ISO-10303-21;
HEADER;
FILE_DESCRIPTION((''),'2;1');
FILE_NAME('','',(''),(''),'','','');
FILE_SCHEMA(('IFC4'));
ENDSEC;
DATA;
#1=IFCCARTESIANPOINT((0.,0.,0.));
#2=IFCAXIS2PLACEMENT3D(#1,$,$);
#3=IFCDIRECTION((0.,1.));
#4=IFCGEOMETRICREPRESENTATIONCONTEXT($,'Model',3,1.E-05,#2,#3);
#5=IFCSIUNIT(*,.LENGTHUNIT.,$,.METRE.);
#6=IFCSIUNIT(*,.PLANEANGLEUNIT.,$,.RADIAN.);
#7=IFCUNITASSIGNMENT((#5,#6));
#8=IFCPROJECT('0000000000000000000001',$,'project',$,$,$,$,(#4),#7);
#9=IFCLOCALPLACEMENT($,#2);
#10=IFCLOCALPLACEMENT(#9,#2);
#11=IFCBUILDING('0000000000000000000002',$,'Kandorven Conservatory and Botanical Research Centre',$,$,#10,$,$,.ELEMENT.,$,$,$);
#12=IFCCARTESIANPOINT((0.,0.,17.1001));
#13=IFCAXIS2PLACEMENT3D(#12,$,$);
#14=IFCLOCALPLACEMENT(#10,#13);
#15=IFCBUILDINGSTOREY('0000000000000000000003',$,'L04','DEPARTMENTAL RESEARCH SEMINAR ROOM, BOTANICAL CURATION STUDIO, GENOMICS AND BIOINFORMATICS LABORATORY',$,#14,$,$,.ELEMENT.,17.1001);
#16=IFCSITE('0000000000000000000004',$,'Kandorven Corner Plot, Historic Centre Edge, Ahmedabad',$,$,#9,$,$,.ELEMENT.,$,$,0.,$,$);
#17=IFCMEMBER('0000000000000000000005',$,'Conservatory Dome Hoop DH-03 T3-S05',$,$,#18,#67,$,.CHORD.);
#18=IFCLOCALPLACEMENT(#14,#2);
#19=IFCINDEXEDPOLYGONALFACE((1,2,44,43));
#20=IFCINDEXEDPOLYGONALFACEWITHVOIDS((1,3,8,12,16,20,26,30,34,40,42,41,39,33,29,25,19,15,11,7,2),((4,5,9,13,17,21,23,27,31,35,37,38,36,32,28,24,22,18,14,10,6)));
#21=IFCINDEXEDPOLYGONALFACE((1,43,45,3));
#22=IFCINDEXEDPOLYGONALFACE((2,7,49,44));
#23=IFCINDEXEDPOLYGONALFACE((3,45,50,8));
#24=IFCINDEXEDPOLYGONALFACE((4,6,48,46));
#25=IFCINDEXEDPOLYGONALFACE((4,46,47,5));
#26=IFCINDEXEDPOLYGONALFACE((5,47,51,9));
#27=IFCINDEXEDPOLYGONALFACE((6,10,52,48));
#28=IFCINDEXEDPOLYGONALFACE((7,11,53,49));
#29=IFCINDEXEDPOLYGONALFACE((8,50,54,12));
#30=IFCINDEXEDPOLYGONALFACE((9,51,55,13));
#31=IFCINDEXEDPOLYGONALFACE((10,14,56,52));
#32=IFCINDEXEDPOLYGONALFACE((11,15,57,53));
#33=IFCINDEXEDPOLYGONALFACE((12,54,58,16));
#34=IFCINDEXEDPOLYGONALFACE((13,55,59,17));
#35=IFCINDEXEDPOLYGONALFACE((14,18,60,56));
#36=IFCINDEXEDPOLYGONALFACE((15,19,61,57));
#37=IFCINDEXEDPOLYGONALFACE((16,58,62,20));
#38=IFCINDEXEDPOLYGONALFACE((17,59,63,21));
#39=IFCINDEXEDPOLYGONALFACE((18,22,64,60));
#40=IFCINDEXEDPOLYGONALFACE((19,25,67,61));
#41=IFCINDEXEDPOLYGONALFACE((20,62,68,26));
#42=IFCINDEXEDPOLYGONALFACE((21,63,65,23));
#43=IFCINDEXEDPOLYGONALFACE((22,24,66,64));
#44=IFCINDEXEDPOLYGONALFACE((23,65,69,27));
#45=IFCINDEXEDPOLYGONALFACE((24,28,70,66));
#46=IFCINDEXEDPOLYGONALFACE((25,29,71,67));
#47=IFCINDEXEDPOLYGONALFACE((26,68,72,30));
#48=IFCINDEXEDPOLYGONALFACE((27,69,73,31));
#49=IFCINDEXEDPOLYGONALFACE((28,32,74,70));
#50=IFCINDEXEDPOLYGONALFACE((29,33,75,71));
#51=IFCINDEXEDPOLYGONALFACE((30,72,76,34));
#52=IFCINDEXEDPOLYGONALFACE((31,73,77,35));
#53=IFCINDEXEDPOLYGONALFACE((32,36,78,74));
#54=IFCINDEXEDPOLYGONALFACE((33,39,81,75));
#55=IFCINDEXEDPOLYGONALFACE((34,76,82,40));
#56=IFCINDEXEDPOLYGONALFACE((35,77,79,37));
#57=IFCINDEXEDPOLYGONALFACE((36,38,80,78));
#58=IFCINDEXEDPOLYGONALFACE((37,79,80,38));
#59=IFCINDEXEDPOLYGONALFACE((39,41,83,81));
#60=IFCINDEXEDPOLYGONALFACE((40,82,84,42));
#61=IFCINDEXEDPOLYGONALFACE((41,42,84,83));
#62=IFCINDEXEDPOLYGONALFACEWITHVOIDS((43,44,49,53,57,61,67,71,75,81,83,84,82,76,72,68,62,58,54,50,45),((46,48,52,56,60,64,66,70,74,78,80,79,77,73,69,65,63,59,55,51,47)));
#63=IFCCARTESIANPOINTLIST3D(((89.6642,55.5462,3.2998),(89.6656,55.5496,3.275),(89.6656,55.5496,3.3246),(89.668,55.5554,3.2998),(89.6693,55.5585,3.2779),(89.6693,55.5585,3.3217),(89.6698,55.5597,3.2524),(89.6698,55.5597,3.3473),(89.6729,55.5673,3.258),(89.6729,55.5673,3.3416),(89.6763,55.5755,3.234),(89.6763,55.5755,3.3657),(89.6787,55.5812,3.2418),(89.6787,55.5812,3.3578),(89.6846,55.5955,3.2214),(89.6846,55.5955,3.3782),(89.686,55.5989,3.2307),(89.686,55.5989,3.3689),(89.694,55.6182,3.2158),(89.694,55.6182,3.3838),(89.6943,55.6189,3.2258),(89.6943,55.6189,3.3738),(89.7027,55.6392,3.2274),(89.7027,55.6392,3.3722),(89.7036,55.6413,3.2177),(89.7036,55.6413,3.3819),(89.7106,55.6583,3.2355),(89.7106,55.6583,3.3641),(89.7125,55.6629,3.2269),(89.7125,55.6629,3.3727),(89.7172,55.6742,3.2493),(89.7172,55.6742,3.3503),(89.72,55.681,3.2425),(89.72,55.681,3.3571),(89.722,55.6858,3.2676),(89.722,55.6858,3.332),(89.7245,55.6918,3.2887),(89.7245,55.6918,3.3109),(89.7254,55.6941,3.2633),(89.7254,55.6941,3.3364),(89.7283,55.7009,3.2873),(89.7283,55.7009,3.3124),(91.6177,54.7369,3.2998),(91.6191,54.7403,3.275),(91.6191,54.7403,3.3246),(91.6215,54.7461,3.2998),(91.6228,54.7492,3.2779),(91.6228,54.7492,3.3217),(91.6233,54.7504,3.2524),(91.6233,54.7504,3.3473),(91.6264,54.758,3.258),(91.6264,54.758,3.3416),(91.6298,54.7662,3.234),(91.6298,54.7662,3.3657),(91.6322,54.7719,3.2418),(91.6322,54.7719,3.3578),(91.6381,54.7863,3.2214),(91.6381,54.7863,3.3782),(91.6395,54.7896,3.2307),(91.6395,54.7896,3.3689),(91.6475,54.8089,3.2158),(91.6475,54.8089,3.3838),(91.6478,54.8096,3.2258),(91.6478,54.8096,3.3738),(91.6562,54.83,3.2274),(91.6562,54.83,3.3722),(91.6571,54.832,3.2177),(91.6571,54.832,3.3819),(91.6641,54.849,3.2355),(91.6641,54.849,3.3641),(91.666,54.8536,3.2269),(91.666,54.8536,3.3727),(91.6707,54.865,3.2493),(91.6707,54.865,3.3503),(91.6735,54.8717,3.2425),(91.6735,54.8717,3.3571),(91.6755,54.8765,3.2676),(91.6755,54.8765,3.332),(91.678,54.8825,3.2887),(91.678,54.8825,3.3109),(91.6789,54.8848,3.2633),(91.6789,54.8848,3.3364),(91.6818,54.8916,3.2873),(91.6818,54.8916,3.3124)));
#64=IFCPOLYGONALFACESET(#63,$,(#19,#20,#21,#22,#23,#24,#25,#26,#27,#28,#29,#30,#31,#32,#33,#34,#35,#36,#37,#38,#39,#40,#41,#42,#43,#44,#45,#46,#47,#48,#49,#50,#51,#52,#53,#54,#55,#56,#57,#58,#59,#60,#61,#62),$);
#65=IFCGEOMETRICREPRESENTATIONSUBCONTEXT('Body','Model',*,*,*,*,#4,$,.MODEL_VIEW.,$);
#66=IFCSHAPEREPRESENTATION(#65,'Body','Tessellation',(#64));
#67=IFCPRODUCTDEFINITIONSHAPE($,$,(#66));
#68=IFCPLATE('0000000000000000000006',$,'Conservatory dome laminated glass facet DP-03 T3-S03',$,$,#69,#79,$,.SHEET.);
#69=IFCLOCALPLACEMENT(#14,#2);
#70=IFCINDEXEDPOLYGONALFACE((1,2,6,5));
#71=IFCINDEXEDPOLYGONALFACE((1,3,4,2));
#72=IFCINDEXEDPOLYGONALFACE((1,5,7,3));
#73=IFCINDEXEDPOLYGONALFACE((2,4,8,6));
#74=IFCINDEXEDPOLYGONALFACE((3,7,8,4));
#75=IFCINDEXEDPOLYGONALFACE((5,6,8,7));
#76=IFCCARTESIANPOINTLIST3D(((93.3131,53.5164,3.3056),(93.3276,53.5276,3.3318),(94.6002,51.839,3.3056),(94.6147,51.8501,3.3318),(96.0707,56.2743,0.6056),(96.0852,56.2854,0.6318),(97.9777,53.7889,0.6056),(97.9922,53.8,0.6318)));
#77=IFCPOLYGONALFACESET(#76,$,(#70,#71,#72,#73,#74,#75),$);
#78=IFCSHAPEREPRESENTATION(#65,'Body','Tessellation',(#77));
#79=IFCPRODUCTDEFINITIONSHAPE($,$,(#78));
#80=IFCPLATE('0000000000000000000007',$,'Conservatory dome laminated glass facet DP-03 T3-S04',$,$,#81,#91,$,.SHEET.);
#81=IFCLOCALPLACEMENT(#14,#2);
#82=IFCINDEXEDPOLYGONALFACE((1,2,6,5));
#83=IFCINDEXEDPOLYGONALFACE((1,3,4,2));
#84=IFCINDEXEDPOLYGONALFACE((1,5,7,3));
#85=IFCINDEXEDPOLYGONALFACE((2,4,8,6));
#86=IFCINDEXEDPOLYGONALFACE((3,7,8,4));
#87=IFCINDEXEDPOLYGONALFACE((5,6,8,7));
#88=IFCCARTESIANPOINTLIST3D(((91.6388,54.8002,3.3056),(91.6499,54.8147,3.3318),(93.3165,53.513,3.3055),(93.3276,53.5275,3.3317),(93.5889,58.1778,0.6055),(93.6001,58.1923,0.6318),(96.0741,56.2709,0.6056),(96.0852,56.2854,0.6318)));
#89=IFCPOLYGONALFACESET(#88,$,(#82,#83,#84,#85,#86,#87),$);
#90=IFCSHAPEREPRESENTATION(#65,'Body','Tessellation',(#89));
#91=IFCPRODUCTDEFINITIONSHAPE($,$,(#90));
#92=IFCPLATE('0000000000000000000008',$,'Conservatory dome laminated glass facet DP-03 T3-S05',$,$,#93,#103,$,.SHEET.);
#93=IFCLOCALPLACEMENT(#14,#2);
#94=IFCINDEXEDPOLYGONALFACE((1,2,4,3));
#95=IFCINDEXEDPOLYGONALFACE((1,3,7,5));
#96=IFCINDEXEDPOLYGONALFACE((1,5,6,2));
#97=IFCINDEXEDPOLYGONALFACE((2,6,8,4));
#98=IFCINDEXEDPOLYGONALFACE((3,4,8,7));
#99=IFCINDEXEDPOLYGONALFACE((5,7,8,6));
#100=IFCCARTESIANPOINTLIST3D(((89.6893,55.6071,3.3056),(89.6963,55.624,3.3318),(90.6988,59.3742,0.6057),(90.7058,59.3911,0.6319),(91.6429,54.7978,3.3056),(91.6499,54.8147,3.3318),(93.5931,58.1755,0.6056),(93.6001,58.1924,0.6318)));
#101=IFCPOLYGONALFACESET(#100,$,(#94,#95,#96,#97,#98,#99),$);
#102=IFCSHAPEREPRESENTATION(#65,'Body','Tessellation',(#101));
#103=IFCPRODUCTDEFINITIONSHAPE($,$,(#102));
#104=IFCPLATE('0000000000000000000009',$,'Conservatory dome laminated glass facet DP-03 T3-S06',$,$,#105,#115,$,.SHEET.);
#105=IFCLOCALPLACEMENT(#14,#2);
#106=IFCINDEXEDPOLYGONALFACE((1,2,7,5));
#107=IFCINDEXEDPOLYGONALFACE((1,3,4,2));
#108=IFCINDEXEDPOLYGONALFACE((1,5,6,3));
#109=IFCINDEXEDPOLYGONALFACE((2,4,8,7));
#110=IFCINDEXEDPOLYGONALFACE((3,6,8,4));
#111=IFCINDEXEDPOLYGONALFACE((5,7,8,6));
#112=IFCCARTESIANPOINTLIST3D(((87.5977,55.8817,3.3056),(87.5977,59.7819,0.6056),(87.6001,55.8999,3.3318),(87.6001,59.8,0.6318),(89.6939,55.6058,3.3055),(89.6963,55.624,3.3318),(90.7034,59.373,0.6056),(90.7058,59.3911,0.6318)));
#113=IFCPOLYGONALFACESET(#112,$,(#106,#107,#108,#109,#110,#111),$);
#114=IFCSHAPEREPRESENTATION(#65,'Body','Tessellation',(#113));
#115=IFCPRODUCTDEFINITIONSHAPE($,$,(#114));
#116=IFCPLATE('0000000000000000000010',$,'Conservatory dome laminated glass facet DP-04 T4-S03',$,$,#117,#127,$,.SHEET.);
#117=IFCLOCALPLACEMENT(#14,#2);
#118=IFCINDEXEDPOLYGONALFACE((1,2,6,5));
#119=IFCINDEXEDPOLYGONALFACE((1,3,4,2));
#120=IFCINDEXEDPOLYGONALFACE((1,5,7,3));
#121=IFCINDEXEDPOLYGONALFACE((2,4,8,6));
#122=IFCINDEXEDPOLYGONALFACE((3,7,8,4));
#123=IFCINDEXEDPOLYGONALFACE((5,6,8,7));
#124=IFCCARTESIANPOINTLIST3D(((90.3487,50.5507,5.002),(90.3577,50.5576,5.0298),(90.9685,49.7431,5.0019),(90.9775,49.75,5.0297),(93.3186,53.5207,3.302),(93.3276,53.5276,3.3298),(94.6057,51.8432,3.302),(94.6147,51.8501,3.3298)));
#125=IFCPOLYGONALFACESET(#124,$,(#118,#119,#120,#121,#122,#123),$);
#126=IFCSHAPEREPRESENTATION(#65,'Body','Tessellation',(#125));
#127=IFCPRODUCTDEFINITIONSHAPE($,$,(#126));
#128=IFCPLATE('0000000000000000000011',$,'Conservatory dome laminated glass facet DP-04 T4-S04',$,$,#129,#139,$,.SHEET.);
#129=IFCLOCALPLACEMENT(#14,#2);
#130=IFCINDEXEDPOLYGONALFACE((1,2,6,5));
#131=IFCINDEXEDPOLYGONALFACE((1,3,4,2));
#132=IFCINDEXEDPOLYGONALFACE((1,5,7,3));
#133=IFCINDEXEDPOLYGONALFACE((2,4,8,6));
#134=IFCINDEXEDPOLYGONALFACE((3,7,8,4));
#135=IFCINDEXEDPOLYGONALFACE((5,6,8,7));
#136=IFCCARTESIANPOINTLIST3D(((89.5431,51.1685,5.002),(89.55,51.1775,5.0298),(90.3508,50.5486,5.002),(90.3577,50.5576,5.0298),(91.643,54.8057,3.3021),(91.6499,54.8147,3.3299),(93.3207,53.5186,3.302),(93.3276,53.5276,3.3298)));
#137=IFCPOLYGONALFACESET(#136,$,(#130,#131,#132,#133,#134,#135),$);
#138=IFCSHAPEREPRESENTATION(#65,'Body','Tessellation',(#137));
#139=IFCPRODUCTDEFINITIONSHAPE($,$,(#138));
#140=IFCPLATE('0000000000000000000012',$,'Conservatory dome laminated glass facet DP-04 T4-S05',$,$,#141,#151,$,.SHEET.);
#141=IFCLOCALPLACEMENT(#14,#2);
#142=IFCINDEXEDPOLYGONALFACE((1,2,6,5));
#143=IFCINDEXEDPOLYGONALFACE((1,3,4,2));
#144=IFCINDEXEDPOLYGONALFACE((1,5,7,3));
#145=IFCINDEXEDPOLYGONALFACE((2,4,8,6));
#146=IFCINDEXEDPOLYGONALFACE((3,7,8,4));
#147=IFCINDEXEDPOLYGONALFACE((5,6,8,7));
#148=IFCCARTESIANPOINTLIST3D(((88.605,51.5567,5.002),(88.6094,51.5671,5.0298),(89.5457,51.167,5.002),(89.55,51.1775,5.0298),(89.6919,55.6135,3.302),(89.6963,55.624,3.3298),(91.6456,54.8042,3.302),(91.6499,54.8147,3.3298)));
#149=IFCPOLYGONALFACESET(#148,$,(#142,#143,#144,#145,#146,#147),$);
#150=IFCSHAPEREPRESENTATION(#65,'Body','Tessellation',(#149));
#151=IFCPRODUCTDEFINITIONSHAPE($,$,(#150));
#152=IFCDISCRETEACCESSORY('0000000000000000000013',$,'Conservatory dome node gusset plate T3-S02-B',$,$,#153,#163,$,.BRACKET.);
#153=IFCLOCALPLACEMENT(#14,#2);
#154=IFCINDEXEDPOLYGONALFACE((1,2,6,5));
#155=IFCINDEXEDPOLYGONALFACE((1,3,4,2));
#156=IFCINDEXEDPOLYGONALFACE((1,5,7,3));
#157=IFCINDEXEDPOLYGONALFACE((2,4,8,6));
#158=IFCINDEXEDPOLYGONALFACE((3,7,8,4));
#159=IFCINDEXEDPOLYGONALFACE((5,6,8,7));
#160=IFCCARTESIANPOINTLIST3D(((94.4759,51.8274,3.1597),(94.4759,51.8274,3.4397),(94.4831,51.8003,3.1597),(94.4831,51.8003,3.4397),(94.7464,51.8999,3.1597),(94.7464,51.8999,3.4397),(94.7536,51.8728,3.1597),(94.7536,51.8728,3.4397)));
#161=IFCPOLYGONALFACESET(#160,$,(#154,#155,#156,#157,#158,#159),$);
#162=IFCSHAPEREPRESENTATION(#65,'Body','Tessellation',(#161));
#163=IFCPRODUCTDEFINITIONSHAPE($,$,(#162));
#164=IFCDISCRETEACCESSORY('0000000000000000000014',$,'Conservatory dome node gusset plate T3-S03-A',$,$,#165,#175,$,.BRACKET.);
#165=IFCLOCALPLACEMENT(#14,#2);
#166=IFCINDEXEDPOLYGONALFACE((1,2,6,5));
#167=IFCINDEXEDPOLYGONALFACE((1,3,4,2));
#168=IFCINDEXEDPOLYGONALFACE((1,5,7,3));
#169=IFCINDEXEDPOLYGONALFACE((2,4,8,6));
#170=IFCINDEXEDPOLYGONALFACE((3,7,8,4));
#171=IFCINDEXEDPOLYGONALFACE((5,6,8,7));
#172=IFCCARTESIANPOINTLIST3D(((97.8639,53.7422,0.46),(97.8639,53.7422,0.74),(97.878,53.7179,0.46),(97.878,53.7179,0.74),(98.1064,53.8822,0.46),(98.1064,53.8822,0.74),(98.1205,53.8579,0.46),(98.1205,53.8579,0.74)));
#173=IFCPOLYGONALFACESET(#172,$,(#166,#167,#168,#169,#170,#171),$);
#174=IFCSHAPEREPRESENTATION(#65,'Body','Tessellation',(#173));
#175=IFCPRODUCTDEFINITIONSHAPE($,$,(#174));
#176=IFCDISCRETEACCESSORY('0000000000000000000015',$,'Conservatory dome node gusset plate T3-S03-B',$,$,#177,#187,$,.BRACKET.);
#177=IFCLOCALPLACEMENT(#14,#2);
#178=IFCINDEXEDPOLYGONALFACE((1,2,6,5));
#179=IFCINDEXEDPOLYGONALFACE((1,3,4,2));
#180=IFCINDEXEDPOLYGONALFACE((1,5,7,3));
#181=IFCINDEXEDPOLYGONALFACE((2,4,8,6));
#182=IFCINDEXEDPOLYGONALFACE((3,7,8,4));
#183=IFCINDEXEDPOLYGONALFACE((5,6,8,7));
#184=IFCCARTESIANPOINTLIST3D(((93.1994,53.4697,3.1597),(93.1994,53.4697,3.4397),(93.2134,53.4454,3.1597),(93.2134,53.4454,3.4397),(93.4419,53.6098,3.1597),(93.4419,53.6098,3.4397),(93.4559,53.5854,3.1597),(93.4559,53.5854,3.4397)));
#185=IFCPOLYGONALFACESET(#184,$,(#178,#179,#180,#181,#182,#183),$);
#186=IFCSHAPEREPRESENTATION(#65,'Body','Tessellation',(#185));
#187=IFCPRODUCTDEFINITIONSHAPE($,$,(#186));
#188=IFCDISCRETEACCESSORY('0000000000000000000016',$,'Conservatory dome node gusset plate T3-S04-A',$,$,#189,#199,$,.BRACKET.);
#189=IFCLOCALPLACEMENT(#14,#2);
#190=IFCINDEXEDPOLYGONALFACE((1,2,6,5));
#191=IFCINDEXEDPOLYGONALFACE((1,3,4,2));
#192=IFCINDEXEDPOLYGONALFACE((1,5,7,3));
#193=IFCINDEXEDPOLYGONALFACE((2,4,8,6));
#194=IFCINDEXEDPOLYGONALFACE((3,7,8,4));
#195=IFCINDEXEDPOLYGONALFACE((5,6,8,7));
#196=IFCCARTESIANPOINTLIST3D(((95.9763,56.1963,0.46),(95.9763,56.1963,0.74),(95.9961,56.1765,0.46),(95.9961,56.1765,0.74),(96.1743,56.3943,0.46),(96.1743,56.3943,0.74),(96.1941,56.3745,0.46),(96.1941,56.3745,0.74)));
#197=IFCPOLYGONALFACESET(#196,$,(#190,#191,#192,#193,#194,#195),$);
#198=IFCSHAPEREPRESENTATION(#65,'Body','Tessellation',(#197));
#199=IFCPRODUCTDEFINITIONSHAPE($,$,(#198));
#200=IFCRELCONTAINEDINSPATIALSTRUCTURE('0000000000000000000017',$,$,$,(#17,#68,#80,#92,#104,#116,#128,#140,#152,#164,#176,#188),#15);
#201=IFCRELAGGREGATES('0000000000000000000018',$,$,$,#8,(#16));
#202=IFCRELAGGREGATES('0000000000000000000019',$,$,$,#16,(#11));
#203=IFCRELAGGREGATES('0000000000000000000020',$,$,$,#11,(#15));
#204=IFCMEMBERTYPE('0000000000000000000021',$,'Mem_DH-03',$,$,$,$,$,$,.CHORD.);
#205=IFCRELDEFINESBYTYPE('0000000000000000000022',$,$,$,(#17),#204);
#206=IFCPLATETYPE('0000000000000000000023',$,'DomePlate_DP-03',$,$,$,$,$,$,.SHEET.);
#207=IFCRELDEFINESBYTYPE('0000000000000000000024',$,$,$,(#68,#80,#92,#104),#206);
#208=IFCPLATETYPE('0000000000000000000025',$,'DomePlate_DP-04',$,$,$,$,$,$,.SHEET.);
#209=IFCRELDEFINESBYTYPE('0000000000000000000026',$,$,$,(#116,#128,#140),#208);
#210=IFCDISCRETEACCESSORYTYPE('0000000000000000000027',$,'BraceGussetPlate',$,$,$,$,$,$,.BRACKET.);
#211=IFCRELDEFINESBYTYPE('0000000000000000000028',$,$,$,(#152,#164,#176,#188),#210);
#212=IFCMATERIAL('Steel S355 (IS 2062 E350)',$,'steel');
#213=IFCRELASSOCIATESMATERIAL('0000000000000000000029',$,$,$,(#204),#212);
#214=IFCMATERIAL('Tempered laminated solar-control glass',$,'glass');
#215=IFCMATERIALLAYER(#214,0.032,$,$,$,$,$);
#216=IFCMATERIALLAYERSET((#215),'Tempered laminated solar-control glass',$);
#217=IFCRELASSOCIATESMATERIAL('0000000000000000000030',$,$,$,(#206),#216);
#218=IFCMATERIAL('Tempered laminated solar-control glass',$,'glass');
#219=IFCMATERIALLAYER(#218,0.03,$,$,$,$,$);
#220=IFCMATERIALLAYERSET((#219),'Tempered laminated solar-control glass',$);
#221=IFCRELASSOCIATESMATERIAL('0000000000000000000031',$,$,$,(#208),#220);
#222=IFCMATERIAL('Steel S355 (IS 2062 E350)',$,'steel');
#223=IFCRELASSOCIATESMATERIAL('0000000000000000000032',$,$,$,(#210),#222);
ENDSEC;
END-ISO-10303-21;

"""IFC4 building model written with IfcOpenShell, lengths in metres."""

from ifc_helpers import new_model, si_unit, direction, frame, origin, origin_2d, place, context, subcontext, project, spatial, polyline, rectangle, hollow_circle, outline, extrude, material, layer, layer_set, material_profile, profile_set, type_object, element, save


model = new_model("IFC4")

# Units and contexts
model_context = context("Model", 3, precision=1e-05, world=origin(), true_north=direction((0.0, 1.0)))
body_context = subcontext(model_context, "Body", "Model", "MODEL_VIEW")
ifc_project = project(units=[si_unit("LENGTHUNIT", "METRE"), si_unit("PLANEANGLEUNIT", "RADIAN")], contexts=[model_context])

# Site, building, storey
site_placement = place(None, origin())
site = spatial("IfcSite", under=ifc_project, at=site_placement, Name="Kandorven Corner Plot, Historic Centre Edge, Ahmedabad", CompositionType="ELEMENT", RefElevation=0.0)
building_placement = place(site_placement, origin())
building = spatial("IfcBuilding", under=site, at=building_placement, Name="Kandorven Conservatory and Botanical Research Centre", CompositionType="ELEMENT")
storey_placement = place(building_placement, frame((0.0, 0.0, 17.1001)))
storey = spatial("IfcBuildingStorey", under=building, at=storey_placement, Name="L04", Description="DEPARTMENTAL RESEARCH SEMINAR ROOM, BOTANICAL CURATION STUDIO, GENOMICS AND BIOINFORMATICS LABORATORY", CompositionType="ELEMENT", Elevation=17.1001)

# Member
ifc_material_1 = material(Name="Steel S355 (IS 2062 E350)", Category="steel")
ifc_material_profile_1 = material_profile(ifc_material_1, hollow_circle(Radius=0.0842, WallThickness=0.01, at=origin_2d()))
ifc_profile_set_1 = profile_set([ifc_material_profile_1], Name="Steel S355 (IS 2062 E350)")
member_type_1 = type_object("IfcMemberType", Name="Mem_DH-03", PredefinedType="CHORD", material=ifc_profile_set_1)
for number, where, z_axis, x_axis, name in (
    (1, (91.6499, 54.8147, 3.2998), (-0.923861, 0.382729, 0.0), (-0.382729, -0.923861, 0.0), "Conservatory Dome Hoop DH-03 T3-S05"),
):
    element("IfcMember", number, at=place(storey_placement, frame(where, z_axis=z_axis, x_axis=x_axis)), inside=storey, type_object=member_type_1, Name=name, PredefinedType="CHORD", context=body_context, shape_type="SweptSolid", body=[
        extrude(hollow_circle(Radius=0.0842, WallThickness=0.01, at=origin_2d()), origin(), (0.0, 0.0, 1.0), 2.1145),
    ])

# Plates
ifc_material_2 = material(Name="Tempered laminated solar-control glass", Category="glass")
ifc_layer_1 = layer(ifc_material_2, 0.032)
ifc_layer_set_1 = layer_set([ifc_layer_1], Name="Tempered laminated solar-control glass")
plate_type_1 = type_object("IfcPlateType", Name="DomePlate_DP-03", PredefinedType="SHEET", material=ifc_layer_set_1)
plate_1_placement = place(storey_placement, frame((97.9922, 53.8, 0.6318), z_axis=(0.454216, 0.348514, 0.819893), x_axis=(-0.608742, 0.793368, 0.000001)))
element("IfcPlate", 2, at=plate_1_placement, inside=storey, type_object=plate_type_1, Name="Conservatory dome laminated glass facet DP-03 T3-S03", PredefinedType="SHEET", context=body_context, shape_type="SweptSolid", body=[
    extrude(outline(polyline([(0.0, 0.0), (3.1327, 0.0), (2.6233, 4.7159), (0.509, 4.7159), (0.0, 0.0)])), origin(), (0.0, 0.0, -1.0), 0.032),
])
plate_2_placement = place(storey_placement, frame((96.0852, 56.2854, 0.6318), z_axis=(0.348502, 0.454201, 0.819907), x_axis=(-0.793349, 0.608767, -0.000023)))
element("IfcPlate", 3, at=plate_2_placement, inside=storey, type_object=plate_type_1, Name="Conservatory dome laminated glass facet DP-03 T3-S04", PredefinedType="SHEET", context=body_context, shape_type="SweptSolid", body=[
    extrude(outline(polyline([(0.0, 0.0), (3.1325, 0.0), (2.6234, 4.7162), (0.5088, 4.716), (0.0, 0.0)])), origin(), (0.0, 0.0, -1.0), 0.032),
])
plate_3_placement = place(storey_placement, frame((93.6001, 58.1924, 0.6318), z_axis=(0.219084, 0.528917, 0.819908), x_axis=(-0.923889, 0.38266, 0.000016)))
element("IfcPlate", 4, at=plate_3_placement, inside=storey, type_object=plate_type_1, Name="Conservatory dome laminated glass facet DP-03 T3-S05", PredefinedType="SHEET", context=body_context, shape_type="SweptSolid", body=[
    extrude(outline(polyline([(0.0, 0.0), (3.1327, 0.0), (2.6239, 4.716), (0.5093, 4.7162), (0.0, 0.0)])), origin(), (0.0, 0.0, -1.0), 0.032),
])
plate_4_placement = place(storey_placement, frame((90.7058, 59.3911, 0.6318), z_axis=(0.074723, 0.567605, 0.819903), x_axis=(-0.991443, 0.130537, -0.000012)))
element("IfcPlate", 5, at=plate_4_placement, inside=storey, type_object=plate_type_1, Name="Conservatory dome laminated glass facet DP-03 T3-S06", PredefinedType="SHEET", context=body_context, shape_type="SweptSolid", body=[
    extrude(outline(polyline([(0.0, 0.0), (3.1325, 0.0), (2.6234, 4.7161), (0.5091, 4.716), (0.0, 0.0)])), origin(), (0.0, 0.0, -1.0), 0.032),
])
ifc_material_3 = material(Name="Tempered laminated solar-control glass", Category="glass")
ifc_layer_2 = layer(ifc_material_3, 0.03)
ifc_layer_set_2 = layer_set([ifc_layer_2], Name="Tempered laminated solar-control glass")
plate_type_2 = type_object("IfcPlateType", Name="DomePlate_DP-04", PredefinedType="SHEET", material=ifc_layer_set_2)
plate_5_placement = place(storey_placement, frame((94.6147, 51.8501, 3.3298), z_axis=(0.299846, 0.230091, 0.925824), x_axis=(-0.608745, 0.793366, -0.000018)))
element("IfcPlate", 6, at=plate_5_placement, inside=storey, type_object=plate_type_2, Name="Conservatory dome laminated glass facet DP-04 T4-S03", PredefinedType="SHEET", context=body_context, shape_type="SweptSolid", body=[
    extrude(outline(polyline([(0.0, 0.0), (2.1144, 0.0), (1.566, 4.4978), (0.548, 4.4977), (0.0, 0.0)])), origin(), (0.0, 0.0, -1.0), 0.03),
])
plate_6_placement = place(storey_placement, frame((93.3276, 53.5276, 3.3298), z_axis=(0.23008, 0.299861, 0.925822), x_axis=(-0.793407, 0.608692, 0.000026)))
element("IfcPlate", 7, at=plate_6_placement, inside=storey, type_object=plate_type_2, Name="Conservatory dome laminated glass facet DP-04 T4-S04", PredefinedType="SHEET", context=body_context, shape_type="SweptSolid", body=[
    extrude(outline(polyline([(0.0, 0.0), (2.1146, 0.0), (1.5667, 4.4976), (0.5486, 4.4978), (0.0, 0.0)])), origin(), (0.0, 0.0, -1.0), 0.03),
])
plate_7_placement = place(storey_placement, frame((91.6499, 54.8147, 3.3298), z_axis=(0.144655, 0.349192, 0.925819), x_axis=(-0.923861, 0.382727, -0.000005)))
element("IfcPlate", 8, at=plate_7_placement, inside=storey, type_object=plate_type_2, Name="Conservatory dome laminated glass facet DP-04 T4-S05", PredefinedType="SHEET", context=body_context, shape_type="SweptSolid", body=[
    extrude(outline(polyline([(0.0, 0.0), (2.1146, 0.0), (1.5661, 4.4976), (0.5479, 4.4976), (0.0, 0.0)])), origin(), (0.0, 0.0, -1.0), 0.03),
])

# Discrete accessories
ifc_material_4 = material(Name="Steel S355 (IS 2062 E350)", Category="steel")
discrete_accessory_type = type_object("IfcDiscreteAccessoryType", Name="BraceGussetPlate", PredefinedType="BRACKET", material=ifc_material_4)
for number, where, z_axis, x_axis, name in (
    (9, (94.6147, 51.8501, 3.1597), (0.0, 0.0, 1.0), (0.965926, 0.258819, 0.0), "Conservatory dome node gusset plate T3-S02-B"),
    (10, (97.9922, 53.8, 0.46), (0.0, 0.0, 1.0), (0.866025, 0.5, 0.0), "Conservatory dome node gusset plate T3-S03-A"),
    (11, (93.3276, 53.5276, 3.1597), (0.0, 0.0, 1.0), (0.866025, 0.5, 0.0), "Conservatory dome node gusset plate T3-S03-B"),
    (12, (96.0852, 56.2854, 0.46), (0.0, 0.0, 1.0), (0.707107, 0.707107, 0.0), "Conservatory dome node gusset plate T3-S04-A"),
):
    element("IfcDiscreteAccessory", number, at=place(storey_placement, frame(where, z_axis=z_axis, x_axis=x_axis)), inside=storey, type_object=discrete_accessory_type, Name=name, PredefinedType="BRACKET", context=body_context, shape_type="SweptSolid", body=[
        extrude(rectangle(XDim=0.28, YDim=0.0281, at=origin_2d()), origin(), (0.0, 0.0, 1.0), 0.28),
    ])

save(model, "model.ifc")
